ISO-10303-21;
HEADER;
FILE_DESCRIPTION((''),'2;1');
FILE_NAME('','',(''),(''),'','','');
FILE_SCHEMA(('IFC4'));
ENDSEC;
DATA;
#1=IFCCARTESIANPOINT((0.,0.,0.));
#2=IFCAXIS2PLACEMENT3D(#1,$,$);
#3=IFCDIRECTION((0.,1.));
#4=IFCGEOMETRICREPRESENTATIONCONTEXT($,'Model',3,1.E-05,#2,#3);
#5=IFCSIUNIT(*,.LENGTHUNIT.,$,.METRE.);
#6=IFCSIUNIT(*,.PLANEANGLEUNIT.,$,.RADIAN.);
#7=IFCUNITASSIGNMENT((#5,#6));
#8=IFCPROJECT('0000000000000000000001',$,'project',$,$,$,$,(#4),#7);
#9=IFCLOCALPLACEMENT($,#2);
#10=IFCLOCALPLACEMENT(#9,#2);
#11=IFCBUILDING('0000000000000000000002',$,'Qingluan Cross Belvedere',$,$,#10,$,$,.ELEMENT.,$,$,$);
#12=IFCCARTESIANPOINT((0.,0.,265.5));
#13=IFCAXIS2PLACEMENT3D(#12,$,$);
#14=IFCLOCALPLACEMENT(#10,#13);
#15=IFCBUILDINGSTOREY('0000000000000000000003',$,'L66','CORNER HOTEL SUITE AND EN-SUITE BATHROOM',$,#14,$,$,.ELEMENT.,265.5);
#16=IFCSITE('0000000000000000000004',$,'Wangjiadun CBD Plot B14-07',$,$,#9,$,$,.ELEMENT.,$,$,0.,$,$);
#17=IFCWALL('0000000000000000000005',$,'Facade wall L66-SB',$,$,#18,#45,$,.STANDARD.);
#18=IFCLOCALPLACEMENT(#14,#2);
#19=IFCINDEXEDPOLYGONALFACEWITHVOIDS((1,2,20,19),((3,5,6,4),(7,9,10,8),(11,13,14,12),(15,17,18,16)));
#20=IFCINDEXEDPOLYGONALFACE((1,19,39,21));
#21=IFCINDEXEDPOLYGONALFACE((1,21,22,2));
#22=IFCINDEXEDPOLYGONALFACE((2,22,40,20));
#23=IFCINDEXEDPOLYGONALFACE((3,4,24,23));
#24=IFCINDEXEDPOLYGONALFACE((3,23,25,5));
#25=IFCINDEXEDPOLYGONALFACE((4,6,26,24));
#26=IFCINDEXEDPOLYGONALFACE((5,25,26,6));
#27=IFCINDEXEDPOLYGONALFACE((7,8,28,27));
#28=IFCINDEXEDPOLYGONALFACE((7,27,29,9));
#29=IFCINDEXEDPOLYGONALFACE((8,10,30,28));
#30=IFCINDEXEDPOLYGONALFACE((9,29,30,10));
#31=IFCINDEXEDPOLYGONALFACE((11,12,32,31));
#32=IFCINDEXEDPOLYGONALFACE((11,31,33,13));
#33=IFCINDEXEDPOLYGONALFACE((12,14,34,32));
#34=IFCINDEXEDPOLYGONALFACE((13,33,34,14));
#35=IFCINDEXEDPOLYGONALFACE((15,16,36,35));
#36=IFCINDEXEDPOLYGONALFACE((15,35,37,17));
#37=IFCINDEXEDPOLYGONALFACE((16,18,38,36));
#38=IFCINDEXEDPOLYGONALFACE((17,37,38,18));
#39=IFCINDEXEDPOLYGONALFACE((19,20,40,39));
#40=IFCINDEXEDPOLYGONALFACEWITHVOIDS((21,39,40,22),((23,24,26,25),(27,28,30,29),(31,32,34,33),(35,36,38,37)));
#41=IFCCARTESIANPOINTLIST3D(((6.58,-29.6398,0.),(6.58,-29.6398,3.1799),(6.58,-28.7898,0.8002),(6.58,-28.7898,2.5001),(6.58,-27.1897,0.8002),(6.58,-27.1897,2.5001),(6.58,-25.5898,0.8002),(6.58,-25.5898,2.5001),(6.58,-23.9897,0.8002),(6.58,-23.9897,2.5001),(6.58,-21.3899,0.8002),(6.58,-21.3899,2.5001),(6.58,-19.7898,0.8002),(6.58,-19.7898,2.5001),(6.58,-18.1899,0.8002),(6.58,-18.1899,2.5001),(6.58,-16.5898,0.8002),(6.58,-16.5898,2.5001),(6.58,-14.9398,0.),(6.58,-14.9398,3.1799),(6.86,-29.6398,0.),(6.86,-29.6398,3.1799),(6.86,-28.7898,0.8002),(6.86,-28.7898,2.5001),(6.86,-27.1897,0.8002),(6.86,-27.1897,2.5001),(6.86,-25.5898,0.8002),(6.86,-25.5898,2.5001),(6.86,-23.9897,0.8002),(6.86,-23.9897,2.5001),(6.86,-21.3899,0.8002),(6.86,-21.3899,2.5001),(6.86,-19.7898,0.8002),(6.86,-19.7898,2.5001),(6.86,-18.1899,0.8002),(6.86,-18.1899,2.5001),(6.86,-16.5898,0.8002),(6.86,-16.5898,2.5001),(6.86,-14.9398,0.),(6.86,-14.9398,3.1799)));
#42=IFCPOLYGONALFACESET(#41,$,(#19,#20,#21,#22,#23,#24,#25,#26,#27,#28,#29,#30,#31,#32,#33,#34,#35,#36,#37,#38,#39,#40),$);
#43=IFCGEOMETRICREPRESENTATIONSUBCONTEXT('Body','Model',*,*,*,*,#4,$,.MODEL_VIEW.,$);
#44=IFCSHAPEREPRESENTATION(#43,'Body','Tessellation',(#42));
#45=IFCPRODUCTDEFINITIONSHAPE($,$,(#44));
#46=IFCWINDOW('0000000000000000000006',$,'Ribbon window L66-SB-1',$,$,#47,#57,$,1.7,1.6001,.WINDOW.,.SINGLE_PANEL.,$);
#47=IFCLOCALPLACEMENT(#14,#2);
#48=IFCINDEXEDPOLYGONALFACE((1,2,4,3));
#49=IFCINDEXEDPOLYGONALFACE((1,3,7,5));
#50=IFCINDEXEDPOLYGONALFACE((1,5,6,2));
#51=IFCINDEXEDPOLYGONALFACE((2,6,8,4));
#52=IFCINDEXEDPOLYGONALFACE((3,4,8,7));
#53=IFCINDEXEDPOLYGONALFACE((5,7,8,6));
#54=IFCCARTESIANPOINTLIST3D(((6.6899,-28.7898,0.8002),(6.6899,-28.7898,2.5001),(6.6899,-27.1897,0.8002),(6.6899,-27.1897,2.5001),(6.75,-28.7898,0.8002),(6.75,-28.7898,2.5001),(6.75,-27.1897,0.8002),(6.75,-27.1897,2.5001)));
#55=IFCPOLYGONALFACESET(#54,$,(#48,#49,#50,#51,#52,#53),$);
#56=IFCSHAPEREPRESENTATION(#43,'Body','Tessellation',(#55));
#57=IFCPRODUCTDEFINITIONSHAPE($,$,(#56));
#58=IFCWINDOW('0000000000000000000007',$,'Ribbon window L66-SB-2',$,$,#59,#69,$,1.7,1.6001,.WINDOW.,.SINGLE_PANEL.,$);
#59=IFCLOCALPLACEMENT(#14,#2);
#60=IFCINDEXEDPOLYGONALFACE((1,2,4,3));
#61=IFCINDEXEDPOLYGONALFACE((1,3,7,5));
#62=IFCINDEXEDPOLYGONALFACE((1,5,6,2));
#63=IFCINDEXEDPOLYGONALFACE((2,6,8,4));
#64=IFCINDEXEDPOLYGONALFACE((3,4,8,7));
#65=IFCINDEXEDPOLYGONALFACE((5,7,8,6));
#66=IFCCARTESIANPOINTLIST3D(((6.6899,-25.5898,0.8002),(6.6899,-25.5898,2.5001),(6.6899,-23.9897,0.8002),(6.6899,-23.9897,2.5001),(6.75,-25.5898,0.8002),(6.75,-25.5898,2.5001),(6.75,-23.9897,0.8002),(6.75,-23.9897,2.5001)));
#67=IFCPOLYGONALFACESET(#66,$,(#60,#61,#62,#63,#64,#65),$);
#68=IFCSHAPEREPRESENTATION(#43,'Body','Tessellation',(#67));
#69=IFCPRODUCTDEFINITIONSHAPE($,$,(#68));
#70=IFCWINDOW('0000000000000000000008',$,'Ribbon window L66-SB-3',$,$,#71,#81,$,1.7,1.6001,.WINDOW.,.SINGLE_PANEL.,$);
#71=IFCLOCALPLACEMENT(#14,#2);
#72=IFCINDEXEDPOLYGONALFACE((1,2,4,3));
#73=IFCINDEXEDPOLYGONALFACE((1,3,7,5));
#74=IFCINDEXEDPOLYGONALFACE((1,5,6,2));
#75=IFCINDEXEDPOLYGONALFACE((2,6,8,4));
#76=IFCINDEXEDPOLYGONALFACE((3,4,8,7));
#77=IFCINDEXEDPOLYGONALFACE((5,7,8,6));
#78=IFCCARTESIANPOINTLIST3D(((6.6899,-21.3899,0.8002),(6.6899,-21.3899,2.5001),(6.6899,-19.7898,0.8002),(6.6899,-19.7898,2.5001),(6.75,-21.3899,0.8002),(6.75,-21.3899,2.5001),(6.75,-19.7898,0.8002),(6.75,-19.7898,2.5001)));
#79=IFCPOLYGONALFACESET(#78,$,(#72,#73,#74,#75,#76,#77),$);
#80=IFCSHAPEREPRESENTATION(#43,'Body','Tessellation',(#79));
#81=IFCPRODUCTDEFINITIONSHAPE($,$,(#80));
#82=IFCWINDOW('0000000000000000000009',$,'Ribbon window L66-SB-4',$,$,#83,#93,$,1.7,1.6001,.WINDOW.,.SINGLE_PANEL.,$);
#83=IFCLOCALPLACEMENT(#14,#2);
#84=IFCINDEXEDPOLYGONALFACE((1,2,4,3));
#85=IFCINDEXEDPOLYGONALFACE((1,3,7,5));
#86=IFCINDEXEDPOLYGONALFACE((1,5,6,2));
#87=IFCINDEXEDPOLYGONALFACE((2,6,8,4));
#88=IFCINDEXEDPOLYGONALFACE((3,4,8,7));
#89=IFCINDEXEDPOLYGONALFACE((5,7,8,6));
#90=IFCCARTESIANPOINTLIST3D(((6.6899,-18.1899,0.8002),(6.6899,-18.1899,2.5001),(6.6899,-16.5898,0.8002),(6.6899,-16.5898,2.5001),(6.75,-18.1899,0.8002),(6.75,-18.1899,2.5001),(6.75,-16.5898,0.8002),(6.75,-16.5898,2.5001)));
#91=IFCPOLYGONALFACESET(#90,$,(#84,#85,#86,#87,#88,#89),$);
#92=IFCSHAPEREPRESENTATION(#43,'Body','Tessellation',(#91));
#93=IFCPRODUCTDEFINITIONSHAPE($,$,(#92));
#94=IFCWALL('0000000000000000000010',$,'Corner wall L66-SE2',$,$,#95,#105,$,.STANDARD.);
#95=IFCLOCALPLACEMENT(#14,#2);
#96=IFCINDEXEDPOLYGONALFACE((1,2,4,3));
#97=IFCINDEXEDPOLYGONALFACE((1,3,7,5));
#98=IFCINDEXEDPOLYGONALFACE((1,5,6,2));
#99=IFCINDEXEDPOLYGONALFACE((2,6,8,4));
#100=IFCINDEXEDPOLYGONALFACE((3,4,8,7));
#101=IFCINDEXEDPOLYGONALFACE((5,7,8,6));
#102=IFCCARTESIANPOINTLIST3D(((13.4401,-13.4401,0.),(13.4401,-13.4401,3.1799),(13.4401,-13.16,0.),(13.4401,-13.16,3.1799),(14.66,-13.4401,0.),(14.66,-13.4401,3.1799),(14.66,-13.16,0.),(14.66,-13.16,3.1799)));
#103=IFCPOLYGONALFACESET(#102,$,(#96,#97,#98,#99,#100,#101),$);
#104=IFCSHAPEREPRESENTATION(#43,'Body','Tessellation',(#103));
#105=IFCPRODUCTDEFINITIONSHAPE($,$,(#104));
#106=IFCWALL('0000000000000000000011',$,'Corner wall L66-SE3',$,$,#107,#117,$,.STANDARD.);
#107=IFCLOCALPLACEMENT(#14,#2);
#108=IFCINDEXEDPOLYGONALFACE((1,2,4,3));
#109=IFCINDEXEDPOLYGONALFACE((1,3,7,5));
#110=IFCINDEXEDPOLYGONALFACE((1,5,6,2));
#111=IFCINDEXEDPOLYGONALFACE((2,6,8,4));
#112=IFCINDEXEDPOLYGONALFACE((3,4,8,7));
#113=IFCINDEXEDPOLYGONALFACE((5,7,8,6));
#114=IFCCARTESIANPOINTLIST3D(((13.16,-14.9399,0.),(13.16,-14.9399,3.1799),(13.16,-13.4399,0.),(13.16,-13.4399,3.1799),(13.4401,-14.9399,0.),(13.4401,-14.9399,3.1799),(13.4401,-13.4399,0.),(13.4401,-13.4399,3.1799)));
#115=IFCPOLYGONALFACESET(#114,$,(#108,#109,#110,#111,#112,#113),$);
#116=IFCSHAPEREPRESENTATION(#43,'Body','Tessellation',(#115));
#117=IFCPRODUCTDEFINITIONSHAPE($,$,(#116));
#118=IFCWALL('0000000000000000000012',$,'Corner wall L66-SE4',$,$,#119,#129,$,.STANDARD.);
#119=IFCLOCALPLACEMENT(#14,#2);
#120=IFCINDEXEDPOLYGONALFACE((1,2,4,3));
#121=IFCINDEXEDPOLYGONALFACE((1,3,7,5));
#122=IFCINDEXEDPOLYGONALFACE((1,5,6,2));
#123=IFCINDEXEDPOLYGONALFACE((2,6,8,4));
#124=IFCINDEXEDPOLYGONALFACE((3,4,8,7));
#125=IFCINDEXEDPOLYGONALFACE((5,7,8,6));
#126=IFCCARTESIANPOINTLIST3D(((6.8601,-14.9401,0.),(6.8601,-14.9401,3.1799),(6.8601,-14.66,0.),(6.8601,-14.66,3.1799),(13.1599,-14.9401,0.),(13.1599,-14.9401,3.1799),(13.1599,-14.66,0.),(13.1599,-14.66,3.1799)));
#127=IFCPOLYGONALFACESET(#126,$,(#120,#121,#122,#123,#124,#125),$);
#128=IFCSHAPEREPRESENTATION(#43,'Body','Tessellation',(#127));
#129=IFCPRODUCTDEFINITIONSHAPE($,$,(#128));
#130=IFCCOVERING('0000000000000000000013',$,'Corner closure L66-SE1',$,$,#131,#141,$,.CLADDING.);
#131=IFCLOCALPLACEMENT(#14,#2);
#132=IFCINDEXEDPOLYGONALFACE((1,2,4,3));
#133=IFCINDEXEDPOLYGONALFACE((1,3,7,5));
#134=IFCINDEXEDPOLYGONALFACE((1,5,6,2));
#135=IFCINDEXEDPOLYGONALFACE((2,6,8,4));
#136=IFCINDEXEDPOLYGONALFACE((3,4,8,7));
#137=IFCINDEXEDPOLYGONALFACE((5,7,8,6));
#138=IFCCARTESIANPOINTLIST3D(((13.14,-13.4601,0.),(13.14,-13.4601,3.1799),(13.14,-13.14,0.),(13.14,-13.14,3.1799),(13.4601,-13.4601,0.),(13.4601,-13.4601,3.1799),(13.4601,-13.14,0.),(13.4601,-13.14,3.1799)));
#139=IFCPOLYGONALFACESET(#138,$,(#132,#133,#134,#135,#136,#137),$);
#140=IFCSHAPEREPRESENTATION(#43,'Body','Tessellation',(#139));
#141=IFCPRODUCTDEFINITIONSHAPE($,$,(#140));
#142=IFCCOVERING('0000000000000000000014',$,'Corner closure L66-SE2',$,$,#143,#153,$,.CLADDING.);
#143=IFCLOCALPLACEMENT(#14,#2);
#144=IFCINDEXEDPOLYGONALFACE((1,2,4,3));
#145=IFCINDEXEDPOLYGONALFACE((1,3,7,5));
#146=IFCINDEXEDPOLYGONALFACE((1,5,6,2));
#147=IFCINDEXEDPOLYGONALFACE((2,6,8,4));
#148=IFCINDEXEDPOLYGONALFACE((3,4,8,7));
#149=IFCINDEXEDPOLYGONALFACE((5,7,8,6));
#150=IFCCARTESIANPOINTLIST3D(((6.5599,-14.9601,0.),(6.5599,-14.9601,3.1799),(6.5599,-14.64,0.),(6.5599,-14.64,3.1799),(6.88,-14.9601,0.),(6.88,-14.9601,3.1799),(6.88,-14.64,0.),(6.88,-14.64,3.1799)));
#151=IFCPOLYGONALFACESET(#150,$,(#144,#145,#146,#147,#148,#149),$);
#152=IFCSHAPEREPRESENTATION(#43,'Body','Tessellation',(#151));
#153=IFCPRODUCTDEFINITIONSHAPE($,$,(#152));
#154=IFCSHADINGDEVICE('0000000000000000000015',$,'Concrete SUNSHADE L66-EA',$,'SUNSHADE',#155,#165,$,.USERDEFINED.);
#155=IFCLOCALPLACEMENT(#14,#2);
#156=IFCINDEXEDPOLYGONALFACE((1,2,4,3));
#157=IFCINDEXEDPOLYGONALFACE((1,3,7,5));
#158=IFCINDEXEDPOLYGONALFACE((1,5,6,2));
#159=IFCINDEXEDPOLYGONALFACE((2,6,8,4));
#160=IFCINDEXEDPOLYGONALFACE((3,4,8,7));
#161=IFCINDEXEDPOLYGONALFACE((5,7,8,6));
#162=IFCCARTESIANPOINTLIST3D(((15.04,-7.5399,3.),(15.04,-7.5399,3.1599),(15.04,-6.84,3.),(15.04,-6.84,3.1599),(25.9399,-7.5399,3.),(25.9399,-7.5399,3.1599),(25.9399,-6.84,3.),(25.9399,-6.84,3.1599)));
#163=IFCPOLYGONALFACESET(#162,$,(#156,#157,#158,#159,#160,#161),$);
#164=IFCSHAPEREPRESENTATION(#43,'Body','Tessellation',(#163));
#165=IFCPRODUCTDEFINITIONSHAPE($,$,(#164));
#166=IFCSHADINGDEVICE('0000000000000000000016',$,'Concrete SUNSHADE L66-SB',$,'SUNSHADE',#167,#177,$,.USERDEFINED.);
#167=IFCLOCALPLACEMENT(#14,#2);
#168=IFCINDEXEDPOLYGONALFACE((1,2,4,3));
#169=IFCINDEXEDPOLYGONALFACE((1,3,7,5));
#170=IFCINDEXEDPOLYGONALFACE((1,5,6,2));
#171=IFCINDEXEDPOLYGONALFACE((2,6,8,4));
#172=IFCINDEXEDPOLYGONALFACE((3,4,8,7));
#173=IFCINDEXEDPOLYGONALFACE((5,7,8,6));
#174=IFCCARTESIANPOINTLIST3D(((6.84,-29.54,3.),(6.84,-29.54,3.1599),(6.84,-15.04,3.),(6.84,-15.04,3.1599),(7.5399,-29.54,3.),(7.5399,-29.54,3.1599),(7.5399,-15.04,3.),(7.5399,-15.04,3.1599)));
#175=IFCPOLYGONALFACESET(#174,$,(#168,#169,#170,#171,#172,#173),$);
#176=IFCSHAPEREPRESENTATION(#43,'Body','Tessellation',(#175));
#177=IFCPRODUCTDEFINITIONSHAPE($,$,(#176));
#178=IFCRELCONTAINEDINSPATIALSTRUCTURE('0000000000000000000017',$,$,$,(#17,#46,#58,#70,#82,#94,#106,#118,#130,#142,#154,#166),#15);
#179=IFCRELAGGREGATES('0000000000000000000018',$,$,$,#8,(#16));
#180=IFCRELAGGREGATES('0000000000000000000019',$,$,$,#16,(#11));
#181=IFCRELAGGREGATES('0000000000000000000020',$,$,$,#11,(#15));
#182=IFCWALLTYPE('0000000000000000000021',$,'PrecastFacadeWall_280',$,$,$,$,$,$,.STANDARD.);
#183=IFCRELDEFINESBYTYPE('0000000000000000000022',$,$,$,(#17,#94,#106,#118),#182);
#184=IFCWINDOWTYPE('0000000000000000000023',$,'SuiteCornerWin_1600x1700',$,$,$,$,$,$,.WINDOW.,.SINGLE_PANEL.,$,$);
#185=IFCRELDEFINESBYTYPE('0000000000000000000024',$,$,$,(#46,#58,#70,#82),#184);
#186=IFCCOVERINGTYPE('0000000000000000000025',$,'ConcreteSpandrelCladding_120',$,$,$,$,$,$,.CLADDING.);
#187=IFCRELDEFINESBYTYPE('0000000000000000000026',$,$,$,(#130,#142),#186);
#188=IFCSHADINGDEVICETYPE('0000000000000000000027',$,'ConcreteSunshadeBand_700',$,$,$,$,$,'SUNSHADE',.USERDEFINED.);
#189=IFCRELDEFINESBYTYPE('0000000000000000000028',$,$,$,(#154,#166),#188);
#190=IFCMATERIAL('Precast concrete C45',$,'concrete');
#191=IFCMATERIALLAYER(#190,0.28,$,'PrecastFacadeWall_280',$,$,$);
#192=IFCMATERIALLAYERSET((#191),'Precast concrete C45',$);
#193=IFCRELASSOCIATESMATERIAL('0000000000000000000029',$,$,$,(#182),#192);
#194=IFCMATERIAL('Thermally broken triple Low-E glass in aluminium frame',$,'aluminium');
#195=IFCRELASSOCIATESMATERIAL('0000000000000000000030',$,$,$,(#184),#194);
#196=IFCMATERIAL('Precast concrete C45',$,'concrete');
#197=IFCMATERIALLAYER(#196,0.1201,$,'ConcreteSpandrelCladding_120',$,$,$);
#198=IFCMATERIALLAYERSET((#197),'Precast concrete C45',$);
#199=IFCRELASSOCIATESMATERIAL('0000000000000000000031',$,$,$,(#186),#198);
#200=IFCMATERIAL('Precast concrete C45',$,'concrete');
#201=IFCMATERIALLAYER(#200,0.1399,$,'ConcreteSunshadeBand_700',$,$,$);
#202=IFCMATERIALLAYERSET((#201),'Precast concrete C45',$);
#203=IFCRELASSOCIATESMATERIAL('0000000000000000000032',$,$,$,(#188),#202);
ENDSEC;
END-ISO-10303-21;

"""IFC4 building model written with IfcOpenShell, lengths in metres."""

from ifc_helpers import new_model, si_unit, direction, frame, frame_2d, origin, origin_2d, place, context, subcontext, project, spatial, rectangle, extrude, material, layer, layer_set, type_object, element, fill, save


model = new_model("IFC4")

# Units and contexts
model_context = context("Model", 3, precision=1e-05, world=origin(), true_north=direction((0.0, 1.0)))
body_context = subcontext(model_context, "Body", "Model", "MODEL_VIEW")
ifc_project = project(units=[si_unit("LENGTHUNIT", "METRE"), si_unit("PLANEANGLEUNIT", "RADIAN")], contexts=[model_context])

# Site, building, storey
site_placement = place(None, origin())
site = spatial("IfcSite", under=ifc_project, at=site_placement, Name="Wangjiadun CBD Plot B14-07", CompositionType="ELEMENT", RefElevation=0.0)
building_placement = place(site_placement, origin())
building = spatial("IfcBuilding", under=site, at=building_placement, Name="Qingluan Cross Belvedere", CompositionType="ELEMENT")
storey_placement = place(building_placement, frame((0.0, 0.0, 265.5)))
storey = spatial("IfcBuildingStorey", under=building, at=storey_placement, Name="L66", Description="CORNER HOTEL SUITE AND EN-SUITE BATHROOM", CompositionType="ELEMENT", Elevation=265.5)

# Wall, openings, windows
ifc_material_1 = material(Name="Precast concrete C45", Category="concrete")
ifc_layer_1 = layer(ifc_material_1, 0.28, Name="PrecastFacadeWall_280")
ifc_layer_set_1 = layer_set([ifc_layer_1], Name="Precast concrete C45")
wall_type_1 = type_object("IfcWallType", Name="PrecastFacadeWall_280", PredefinedType="STANDARD", material=ifc_layer_set_1)
wall_1_placement = place(storey_placement, frame((6.72, -29.6399, 0.0), z_axis=(0.0, 0.0, 1.0), x_axis=(0.0, 1.0, 0.0)))
wall_1 = element("IfcWall", 1, at=wall_1_placement, inside=storey, type_object=wall_type_1, Name="Facade wall L66-SB", PredefinedType="STANDARD", context=body_context, shape_type="SweptSolid", body=[
    extrude(rectangle(XDim=14.7, YDim=0.28, at=frame_2d((7.3501, 0.0))), origin(), (0.0, 0.0, 1.0), 3.1799),
])
opening_1_placement = place(wall_1_placement, frame((0.8501, 0.0, 0.8)))
opening_1 = element("IfcOpeningElement", 2, at=opening_1_placement, cuts=wall_1, PredefinedType="OPENING", context=body_context, shape_type="SweptSolid", body=[
    extrude(rectangle(XDim=1.6001, YDim=1.7, at=frame_2d((0.8, 0.8501))), frame((0.0, 0.1499, 0.0), z_axis=(0.0, -1.0, 0.0), x_axis=(1.0, 0.0, 0.0)), (0.0, 0.0, 1.0), 0.3),
])
opening_2_placement = place(wall_1_placement, frame((4.05, 0.0, 0.8)))
opening_2 = element("IfcOpeningElement", 3, at=opening_2_placement, cuts=wall_1, PredefinedType="OPENING", context=body_context, shape_type="SweptSolid", body=[
    extrude(rectangle(XDim=1.6001, YDim=1.7, at=frame_2d((0.8, 0.8501))), frame((0.0, 0.1499, 0.0), z_axis=(0.0, -1.0, 0.0), x_axis=(1.0, 0.0, 0.0)), (0.0, 0.0, 1.0), 0.3),
])
opening_3_placement = place(wall_1_placement, frame((8.25, 0.0, 0.8)))
opening_3 = element("IfcOpeningElement", 4, at=opening_3_placement, cuts=wall_1, PredefinedType="OPENING", context=body_context, shape_type="SweptSolid", body=[
    extrude(rectangle(XDim=1.6001, YDim=1.7, at=frame_2d((0.8, 0.8501))), frame((0.0, 0.1499, 0.0), z_axis=(0.0, -1.0, 0.0), x_axis=(1.0, 0.0, 0.0)), (0.0, 0.0, 1.0), 0.3),
])
opening_4_placement = place(wall_1_placement, frame((11.45, 0.0, 0.8)))
opening_4 = element("IfcOpeningElement", 5, at=opening_4_placement, cuts=wall_1, PredefinedType="OPENING", context=body_context, shape_type="SweptSolid", body=[
    extrude(rectangle(XDim=1.6001, YDim=1.7, at=frame_2d((0.8, 0.8501))), frame((0.0, 0.1499, 0.0), z_axis=(0.0, -1.0, 0.0), x_axis=(1.0, 0.0, 0.0)), (0.0, 0.0, 1.0), 0.3),
])
ifc_material_2 = material(Name="Thermally broken triple Low-E glass in aluminium frame", Category="aluminium")
window_type = type_object("IfcWindowType", Name="SuiteCornerWin_1600x1700", PartitioningType="SINGLE_PANEL", PredefinedType="WINDOW", material=ifc_material_2)
window_1_placement = place(opening_1_placement, origin())
window_1 = element("IfcWindow", 6, at=window_1_placement, inside=storey, type_object=window_type, Name="Ribbon window L66-SB-1", OverallHeight=1.7, OverallWidth=1.6001, PartitioningType="SINGLE_PANEL", PredefinedType="WINDOW", context=body_context, shape_type="SweptSolid", body=[
    extrude(rectangle(XDim=1.6001, YDim=1.7, at=frame_2d((0.8, 0.8501))), frame((0.0, 0.03, 0.0), z_axis=(0.0, -1.0, 0.0), x_axis=(1.0, 0.0, 0.0)), (0.0, 0.0, 1.0), 0.0601),
])
fill(opening_1, window_1)
window_2_placement = place(opening_2_placement, origin())
window_2 = element("IfcWindow", 7, at=window_2_placement, inside=storey, type_object=window_type, Name="Ribbon window L66-SB-2", OverallHeight=1.7, OverallWidth=1.6001, PartitioningType="SINGLE_PANEL", PredefinedType="WINDOW", context=body_context, shape_type="SweptSolid", body=[
    extrude(rectangle(XDim=1.6001, YDim=1.7, at=frame_2d((0.8, 0.8501))), frame((0.0, 0.03, 0.0), z_axis=(0.0, -1.0, 0.0), x_axis=(1.0, 0.0, 0.0)), (0.0, 0.0, 1.0), 0.0601),
])
fill(opening_2, window_2)
window_3_placement = place(opening_3_placement, origin())
window_3 = element("IfcWindow", 8, at=window_3_placement, inside=storey, type_object=window_type, Name="Ribbon window L66-SB-3", OverallHeight=1.7, OverallWidth=1.6001, PartitioningType="SINGLE_PANEL", PredefinedType="WINDOW", context=body_context, shape_type="SweptSolid", body=[
    extrude(rectangle(XDim=1.6001, YDim=1.7, at=frame_2d((0.8, 0.8501))), frame((0.0, 0.03, 0.0), z_axis=(0.0, -1.0, 0.0), x_axis=(1.0, 0.0, 0.0)), (0.0, 0.0, 1.0), 0.0601),
])
fill(opening_3, window_3)
window_4_placement = place(opening_4_placement, origin())
window_4 = element("IfcWindow", 9, at=window_4_placement, inside=storey, type_object=window_type, Name="Ribbon window L66-SB-4", OverallHeight=1.7, OverallWidth=1.6001, PartitioningType="SINGLE_PANEL", PredefinedType="WINDOW", context=body_context, shape_type="SweptSolid", body=[
    extrude(rectangle(XDim=1.6001, YDim=1.7, at=frame_2d((0.8, 0.8501))), frame((0.0, 0.03, 0.0), z_axis=(0.0, -1.0, 0.0), x_axis=(1.0, 0.0, 0.0)), (0.0, 0.0, 1.0), 0.0601),
])
fill(opening_4, window_4)

# Walls
wall_2_placement = place(storey_placement, frame((14.6599, -13.3, 0.0), z_axis=(0.0, 0.0, 1.0), x_axis=(-1.0, 0.0, 0.0)))
element("IfcWall", 10, at=wall_2_placement, inside=storey, type_object=wall_type_1, Name="Corner wall L66-SE2", PredefinedType="STANDARD", context=body_context, shape_type="SweptSolid", body=[
    extrude(rectangle(XDim=1.22, YDim=0.28, at=frame_2d((0.6099, 0.0))), origin(), (0.0, 0.0, 1.0), 3.1799),
])
wall_3_placement = place(storey_placement, frame((13.3, -13.4399, 0.0), z_axis=(0.0, 0.0, 1.0), x_axis=(0.0, -1.0, 0.0)))
element("IfcWall", 11, at=wall_3_placement, inside=storey, type_object=wall_type_1, Name="Corner wall L66-SE3", PredefinedType="STANDARD", context=body_context, shape_type="SweptSolid", body=[
    extrude(rectangle(XDim=1.5, YDim=0.28, at=frame_2d((0.75, 0.0))), origin(), (0.0, 0.0, 1.0), 3.1799),
])
wall_4_placement = place(storey_placement, frame((13.1599, -14.8, 0.0), z_axis=(0.0, 0.0, 1.0), x_axis=(-1.0, 0.0, 0.0)))
element("IfcWall", 12, at=wall_4_placement, inside=storey, type_object=wall_type_1, Name="Corner wall L66-SE4", PredefinedType="STANDARD", context=body_context, shape_type="SweptSolid", body=[
    extrude(rectangle(XDim=6.2998, YDim=0.28, at=frame_2d((3.1499, 0.0))), origin(), (0.0, 0.0, 1.0), 3.1799),
])

# Coverings
ifc_material_3 = material(Name="Precast concrete C45", Category="concrete")
ifc_layer_2 = layer(ifc_material_3, 0.1201, Name="ConcreteSpandrelCladding_120")
ifc_layer_set_2 = layer_set([ifc_layer_2], Name="Precast concrete C45")
covering_type = type_object("IfcCoveringType", Name="ConcreteSpandrelCladding_120", PredefinedType="CLADDING", material=ifc_layer_set_2)
for number, where, z_axis, x_axis, name in (
    (13, (13.3, -13.3, 0.0), (0.0, 0.0, 1.0), (1.0, 0.0, 0.0), "Corner closure L66-SE1"),
    (14, (6.72, -14.8, 0.0), (0.0, 0.0, 1.0), (1.0, 0.0, 0.0), "Corner closure L66-SE2"),
):
    element("IfcCovering", number, at=place(storey_placement, frame(where, z_axis=z_axis, x_axis=x_axis)), inside=storey, type_object=covering_type, Name=name, PredefinedType="CLADDING", context=body_context, shape_type="SweptSolid", body=[
        extrude(rectangle(XDim=0.3201, YDim=0.3201, at=origin_2d()), origin(), (0.0, 0.0, 1.0), 3.1799),
    ])

# Shading devices
ifc_material_4 = material(Name="Precast concrete C45", Category="concrete")
ifc_layer_3 = layer(ifc_material_4, 0.1399, Name="ConcreteSunshadeBand_700")
ifc_layer_set_3 = layer_set([ifc_layer_3], Name="Precast concrete C45")
shading_device_type = type_object("IfcShadingDeviceType", Name="ConcreteSunshadeBand_700", ElementType="SUNSHADE", PredefinedType="USERDEFINED", material=ifc_layer_set_3)
shading_device_1_placement = place(storey_placement, frame((20.49, -7.1899, 3.0), z_axis=(0.0, 0.0, 1.0), x_axis=(1.0, 0.0, 0.0)))
element("IfcShadingDevice", 15, at=shading_device_1_placement, inside=storey, type_object=shading_device_type, Name="Concrete SUNSHADE L66-EA", ObjectType="SUNSHADE", PredefinedType="USERDEFINED", context=body_context, shape_type="SweptSolid", body=[
    extrude(rectangle(XDim=10.8999, YDim=0.7, at=origin_2d()), origin(), (0.0, 0.0, 1.0), 0.1599),
])
shading_device_2_placement = place(storey_placement, frame((7.1899, -22.29, 3.0), z_axis=(0.0, 0.0, 1.0), x_axis=(0.0, 1.0, 0.0)))
element("IfcShadingDevice", 16, at=shading_device_2_placement, inside=storey, type_object=shading_device_type, Name="Concrete SUNSHADE L66-SB", ObjectType="SUNSHADE", PredefinedType="USERDEFINED", context=body_context, shape_type="SweptSolid", body=[
    extrude(rectangle(XDim=14.5, YDim=0.7, at=origin_2d()), origin(), (0.0, 0.0, 1.0), 0.1599),
])

save(model, "model.ifc")
